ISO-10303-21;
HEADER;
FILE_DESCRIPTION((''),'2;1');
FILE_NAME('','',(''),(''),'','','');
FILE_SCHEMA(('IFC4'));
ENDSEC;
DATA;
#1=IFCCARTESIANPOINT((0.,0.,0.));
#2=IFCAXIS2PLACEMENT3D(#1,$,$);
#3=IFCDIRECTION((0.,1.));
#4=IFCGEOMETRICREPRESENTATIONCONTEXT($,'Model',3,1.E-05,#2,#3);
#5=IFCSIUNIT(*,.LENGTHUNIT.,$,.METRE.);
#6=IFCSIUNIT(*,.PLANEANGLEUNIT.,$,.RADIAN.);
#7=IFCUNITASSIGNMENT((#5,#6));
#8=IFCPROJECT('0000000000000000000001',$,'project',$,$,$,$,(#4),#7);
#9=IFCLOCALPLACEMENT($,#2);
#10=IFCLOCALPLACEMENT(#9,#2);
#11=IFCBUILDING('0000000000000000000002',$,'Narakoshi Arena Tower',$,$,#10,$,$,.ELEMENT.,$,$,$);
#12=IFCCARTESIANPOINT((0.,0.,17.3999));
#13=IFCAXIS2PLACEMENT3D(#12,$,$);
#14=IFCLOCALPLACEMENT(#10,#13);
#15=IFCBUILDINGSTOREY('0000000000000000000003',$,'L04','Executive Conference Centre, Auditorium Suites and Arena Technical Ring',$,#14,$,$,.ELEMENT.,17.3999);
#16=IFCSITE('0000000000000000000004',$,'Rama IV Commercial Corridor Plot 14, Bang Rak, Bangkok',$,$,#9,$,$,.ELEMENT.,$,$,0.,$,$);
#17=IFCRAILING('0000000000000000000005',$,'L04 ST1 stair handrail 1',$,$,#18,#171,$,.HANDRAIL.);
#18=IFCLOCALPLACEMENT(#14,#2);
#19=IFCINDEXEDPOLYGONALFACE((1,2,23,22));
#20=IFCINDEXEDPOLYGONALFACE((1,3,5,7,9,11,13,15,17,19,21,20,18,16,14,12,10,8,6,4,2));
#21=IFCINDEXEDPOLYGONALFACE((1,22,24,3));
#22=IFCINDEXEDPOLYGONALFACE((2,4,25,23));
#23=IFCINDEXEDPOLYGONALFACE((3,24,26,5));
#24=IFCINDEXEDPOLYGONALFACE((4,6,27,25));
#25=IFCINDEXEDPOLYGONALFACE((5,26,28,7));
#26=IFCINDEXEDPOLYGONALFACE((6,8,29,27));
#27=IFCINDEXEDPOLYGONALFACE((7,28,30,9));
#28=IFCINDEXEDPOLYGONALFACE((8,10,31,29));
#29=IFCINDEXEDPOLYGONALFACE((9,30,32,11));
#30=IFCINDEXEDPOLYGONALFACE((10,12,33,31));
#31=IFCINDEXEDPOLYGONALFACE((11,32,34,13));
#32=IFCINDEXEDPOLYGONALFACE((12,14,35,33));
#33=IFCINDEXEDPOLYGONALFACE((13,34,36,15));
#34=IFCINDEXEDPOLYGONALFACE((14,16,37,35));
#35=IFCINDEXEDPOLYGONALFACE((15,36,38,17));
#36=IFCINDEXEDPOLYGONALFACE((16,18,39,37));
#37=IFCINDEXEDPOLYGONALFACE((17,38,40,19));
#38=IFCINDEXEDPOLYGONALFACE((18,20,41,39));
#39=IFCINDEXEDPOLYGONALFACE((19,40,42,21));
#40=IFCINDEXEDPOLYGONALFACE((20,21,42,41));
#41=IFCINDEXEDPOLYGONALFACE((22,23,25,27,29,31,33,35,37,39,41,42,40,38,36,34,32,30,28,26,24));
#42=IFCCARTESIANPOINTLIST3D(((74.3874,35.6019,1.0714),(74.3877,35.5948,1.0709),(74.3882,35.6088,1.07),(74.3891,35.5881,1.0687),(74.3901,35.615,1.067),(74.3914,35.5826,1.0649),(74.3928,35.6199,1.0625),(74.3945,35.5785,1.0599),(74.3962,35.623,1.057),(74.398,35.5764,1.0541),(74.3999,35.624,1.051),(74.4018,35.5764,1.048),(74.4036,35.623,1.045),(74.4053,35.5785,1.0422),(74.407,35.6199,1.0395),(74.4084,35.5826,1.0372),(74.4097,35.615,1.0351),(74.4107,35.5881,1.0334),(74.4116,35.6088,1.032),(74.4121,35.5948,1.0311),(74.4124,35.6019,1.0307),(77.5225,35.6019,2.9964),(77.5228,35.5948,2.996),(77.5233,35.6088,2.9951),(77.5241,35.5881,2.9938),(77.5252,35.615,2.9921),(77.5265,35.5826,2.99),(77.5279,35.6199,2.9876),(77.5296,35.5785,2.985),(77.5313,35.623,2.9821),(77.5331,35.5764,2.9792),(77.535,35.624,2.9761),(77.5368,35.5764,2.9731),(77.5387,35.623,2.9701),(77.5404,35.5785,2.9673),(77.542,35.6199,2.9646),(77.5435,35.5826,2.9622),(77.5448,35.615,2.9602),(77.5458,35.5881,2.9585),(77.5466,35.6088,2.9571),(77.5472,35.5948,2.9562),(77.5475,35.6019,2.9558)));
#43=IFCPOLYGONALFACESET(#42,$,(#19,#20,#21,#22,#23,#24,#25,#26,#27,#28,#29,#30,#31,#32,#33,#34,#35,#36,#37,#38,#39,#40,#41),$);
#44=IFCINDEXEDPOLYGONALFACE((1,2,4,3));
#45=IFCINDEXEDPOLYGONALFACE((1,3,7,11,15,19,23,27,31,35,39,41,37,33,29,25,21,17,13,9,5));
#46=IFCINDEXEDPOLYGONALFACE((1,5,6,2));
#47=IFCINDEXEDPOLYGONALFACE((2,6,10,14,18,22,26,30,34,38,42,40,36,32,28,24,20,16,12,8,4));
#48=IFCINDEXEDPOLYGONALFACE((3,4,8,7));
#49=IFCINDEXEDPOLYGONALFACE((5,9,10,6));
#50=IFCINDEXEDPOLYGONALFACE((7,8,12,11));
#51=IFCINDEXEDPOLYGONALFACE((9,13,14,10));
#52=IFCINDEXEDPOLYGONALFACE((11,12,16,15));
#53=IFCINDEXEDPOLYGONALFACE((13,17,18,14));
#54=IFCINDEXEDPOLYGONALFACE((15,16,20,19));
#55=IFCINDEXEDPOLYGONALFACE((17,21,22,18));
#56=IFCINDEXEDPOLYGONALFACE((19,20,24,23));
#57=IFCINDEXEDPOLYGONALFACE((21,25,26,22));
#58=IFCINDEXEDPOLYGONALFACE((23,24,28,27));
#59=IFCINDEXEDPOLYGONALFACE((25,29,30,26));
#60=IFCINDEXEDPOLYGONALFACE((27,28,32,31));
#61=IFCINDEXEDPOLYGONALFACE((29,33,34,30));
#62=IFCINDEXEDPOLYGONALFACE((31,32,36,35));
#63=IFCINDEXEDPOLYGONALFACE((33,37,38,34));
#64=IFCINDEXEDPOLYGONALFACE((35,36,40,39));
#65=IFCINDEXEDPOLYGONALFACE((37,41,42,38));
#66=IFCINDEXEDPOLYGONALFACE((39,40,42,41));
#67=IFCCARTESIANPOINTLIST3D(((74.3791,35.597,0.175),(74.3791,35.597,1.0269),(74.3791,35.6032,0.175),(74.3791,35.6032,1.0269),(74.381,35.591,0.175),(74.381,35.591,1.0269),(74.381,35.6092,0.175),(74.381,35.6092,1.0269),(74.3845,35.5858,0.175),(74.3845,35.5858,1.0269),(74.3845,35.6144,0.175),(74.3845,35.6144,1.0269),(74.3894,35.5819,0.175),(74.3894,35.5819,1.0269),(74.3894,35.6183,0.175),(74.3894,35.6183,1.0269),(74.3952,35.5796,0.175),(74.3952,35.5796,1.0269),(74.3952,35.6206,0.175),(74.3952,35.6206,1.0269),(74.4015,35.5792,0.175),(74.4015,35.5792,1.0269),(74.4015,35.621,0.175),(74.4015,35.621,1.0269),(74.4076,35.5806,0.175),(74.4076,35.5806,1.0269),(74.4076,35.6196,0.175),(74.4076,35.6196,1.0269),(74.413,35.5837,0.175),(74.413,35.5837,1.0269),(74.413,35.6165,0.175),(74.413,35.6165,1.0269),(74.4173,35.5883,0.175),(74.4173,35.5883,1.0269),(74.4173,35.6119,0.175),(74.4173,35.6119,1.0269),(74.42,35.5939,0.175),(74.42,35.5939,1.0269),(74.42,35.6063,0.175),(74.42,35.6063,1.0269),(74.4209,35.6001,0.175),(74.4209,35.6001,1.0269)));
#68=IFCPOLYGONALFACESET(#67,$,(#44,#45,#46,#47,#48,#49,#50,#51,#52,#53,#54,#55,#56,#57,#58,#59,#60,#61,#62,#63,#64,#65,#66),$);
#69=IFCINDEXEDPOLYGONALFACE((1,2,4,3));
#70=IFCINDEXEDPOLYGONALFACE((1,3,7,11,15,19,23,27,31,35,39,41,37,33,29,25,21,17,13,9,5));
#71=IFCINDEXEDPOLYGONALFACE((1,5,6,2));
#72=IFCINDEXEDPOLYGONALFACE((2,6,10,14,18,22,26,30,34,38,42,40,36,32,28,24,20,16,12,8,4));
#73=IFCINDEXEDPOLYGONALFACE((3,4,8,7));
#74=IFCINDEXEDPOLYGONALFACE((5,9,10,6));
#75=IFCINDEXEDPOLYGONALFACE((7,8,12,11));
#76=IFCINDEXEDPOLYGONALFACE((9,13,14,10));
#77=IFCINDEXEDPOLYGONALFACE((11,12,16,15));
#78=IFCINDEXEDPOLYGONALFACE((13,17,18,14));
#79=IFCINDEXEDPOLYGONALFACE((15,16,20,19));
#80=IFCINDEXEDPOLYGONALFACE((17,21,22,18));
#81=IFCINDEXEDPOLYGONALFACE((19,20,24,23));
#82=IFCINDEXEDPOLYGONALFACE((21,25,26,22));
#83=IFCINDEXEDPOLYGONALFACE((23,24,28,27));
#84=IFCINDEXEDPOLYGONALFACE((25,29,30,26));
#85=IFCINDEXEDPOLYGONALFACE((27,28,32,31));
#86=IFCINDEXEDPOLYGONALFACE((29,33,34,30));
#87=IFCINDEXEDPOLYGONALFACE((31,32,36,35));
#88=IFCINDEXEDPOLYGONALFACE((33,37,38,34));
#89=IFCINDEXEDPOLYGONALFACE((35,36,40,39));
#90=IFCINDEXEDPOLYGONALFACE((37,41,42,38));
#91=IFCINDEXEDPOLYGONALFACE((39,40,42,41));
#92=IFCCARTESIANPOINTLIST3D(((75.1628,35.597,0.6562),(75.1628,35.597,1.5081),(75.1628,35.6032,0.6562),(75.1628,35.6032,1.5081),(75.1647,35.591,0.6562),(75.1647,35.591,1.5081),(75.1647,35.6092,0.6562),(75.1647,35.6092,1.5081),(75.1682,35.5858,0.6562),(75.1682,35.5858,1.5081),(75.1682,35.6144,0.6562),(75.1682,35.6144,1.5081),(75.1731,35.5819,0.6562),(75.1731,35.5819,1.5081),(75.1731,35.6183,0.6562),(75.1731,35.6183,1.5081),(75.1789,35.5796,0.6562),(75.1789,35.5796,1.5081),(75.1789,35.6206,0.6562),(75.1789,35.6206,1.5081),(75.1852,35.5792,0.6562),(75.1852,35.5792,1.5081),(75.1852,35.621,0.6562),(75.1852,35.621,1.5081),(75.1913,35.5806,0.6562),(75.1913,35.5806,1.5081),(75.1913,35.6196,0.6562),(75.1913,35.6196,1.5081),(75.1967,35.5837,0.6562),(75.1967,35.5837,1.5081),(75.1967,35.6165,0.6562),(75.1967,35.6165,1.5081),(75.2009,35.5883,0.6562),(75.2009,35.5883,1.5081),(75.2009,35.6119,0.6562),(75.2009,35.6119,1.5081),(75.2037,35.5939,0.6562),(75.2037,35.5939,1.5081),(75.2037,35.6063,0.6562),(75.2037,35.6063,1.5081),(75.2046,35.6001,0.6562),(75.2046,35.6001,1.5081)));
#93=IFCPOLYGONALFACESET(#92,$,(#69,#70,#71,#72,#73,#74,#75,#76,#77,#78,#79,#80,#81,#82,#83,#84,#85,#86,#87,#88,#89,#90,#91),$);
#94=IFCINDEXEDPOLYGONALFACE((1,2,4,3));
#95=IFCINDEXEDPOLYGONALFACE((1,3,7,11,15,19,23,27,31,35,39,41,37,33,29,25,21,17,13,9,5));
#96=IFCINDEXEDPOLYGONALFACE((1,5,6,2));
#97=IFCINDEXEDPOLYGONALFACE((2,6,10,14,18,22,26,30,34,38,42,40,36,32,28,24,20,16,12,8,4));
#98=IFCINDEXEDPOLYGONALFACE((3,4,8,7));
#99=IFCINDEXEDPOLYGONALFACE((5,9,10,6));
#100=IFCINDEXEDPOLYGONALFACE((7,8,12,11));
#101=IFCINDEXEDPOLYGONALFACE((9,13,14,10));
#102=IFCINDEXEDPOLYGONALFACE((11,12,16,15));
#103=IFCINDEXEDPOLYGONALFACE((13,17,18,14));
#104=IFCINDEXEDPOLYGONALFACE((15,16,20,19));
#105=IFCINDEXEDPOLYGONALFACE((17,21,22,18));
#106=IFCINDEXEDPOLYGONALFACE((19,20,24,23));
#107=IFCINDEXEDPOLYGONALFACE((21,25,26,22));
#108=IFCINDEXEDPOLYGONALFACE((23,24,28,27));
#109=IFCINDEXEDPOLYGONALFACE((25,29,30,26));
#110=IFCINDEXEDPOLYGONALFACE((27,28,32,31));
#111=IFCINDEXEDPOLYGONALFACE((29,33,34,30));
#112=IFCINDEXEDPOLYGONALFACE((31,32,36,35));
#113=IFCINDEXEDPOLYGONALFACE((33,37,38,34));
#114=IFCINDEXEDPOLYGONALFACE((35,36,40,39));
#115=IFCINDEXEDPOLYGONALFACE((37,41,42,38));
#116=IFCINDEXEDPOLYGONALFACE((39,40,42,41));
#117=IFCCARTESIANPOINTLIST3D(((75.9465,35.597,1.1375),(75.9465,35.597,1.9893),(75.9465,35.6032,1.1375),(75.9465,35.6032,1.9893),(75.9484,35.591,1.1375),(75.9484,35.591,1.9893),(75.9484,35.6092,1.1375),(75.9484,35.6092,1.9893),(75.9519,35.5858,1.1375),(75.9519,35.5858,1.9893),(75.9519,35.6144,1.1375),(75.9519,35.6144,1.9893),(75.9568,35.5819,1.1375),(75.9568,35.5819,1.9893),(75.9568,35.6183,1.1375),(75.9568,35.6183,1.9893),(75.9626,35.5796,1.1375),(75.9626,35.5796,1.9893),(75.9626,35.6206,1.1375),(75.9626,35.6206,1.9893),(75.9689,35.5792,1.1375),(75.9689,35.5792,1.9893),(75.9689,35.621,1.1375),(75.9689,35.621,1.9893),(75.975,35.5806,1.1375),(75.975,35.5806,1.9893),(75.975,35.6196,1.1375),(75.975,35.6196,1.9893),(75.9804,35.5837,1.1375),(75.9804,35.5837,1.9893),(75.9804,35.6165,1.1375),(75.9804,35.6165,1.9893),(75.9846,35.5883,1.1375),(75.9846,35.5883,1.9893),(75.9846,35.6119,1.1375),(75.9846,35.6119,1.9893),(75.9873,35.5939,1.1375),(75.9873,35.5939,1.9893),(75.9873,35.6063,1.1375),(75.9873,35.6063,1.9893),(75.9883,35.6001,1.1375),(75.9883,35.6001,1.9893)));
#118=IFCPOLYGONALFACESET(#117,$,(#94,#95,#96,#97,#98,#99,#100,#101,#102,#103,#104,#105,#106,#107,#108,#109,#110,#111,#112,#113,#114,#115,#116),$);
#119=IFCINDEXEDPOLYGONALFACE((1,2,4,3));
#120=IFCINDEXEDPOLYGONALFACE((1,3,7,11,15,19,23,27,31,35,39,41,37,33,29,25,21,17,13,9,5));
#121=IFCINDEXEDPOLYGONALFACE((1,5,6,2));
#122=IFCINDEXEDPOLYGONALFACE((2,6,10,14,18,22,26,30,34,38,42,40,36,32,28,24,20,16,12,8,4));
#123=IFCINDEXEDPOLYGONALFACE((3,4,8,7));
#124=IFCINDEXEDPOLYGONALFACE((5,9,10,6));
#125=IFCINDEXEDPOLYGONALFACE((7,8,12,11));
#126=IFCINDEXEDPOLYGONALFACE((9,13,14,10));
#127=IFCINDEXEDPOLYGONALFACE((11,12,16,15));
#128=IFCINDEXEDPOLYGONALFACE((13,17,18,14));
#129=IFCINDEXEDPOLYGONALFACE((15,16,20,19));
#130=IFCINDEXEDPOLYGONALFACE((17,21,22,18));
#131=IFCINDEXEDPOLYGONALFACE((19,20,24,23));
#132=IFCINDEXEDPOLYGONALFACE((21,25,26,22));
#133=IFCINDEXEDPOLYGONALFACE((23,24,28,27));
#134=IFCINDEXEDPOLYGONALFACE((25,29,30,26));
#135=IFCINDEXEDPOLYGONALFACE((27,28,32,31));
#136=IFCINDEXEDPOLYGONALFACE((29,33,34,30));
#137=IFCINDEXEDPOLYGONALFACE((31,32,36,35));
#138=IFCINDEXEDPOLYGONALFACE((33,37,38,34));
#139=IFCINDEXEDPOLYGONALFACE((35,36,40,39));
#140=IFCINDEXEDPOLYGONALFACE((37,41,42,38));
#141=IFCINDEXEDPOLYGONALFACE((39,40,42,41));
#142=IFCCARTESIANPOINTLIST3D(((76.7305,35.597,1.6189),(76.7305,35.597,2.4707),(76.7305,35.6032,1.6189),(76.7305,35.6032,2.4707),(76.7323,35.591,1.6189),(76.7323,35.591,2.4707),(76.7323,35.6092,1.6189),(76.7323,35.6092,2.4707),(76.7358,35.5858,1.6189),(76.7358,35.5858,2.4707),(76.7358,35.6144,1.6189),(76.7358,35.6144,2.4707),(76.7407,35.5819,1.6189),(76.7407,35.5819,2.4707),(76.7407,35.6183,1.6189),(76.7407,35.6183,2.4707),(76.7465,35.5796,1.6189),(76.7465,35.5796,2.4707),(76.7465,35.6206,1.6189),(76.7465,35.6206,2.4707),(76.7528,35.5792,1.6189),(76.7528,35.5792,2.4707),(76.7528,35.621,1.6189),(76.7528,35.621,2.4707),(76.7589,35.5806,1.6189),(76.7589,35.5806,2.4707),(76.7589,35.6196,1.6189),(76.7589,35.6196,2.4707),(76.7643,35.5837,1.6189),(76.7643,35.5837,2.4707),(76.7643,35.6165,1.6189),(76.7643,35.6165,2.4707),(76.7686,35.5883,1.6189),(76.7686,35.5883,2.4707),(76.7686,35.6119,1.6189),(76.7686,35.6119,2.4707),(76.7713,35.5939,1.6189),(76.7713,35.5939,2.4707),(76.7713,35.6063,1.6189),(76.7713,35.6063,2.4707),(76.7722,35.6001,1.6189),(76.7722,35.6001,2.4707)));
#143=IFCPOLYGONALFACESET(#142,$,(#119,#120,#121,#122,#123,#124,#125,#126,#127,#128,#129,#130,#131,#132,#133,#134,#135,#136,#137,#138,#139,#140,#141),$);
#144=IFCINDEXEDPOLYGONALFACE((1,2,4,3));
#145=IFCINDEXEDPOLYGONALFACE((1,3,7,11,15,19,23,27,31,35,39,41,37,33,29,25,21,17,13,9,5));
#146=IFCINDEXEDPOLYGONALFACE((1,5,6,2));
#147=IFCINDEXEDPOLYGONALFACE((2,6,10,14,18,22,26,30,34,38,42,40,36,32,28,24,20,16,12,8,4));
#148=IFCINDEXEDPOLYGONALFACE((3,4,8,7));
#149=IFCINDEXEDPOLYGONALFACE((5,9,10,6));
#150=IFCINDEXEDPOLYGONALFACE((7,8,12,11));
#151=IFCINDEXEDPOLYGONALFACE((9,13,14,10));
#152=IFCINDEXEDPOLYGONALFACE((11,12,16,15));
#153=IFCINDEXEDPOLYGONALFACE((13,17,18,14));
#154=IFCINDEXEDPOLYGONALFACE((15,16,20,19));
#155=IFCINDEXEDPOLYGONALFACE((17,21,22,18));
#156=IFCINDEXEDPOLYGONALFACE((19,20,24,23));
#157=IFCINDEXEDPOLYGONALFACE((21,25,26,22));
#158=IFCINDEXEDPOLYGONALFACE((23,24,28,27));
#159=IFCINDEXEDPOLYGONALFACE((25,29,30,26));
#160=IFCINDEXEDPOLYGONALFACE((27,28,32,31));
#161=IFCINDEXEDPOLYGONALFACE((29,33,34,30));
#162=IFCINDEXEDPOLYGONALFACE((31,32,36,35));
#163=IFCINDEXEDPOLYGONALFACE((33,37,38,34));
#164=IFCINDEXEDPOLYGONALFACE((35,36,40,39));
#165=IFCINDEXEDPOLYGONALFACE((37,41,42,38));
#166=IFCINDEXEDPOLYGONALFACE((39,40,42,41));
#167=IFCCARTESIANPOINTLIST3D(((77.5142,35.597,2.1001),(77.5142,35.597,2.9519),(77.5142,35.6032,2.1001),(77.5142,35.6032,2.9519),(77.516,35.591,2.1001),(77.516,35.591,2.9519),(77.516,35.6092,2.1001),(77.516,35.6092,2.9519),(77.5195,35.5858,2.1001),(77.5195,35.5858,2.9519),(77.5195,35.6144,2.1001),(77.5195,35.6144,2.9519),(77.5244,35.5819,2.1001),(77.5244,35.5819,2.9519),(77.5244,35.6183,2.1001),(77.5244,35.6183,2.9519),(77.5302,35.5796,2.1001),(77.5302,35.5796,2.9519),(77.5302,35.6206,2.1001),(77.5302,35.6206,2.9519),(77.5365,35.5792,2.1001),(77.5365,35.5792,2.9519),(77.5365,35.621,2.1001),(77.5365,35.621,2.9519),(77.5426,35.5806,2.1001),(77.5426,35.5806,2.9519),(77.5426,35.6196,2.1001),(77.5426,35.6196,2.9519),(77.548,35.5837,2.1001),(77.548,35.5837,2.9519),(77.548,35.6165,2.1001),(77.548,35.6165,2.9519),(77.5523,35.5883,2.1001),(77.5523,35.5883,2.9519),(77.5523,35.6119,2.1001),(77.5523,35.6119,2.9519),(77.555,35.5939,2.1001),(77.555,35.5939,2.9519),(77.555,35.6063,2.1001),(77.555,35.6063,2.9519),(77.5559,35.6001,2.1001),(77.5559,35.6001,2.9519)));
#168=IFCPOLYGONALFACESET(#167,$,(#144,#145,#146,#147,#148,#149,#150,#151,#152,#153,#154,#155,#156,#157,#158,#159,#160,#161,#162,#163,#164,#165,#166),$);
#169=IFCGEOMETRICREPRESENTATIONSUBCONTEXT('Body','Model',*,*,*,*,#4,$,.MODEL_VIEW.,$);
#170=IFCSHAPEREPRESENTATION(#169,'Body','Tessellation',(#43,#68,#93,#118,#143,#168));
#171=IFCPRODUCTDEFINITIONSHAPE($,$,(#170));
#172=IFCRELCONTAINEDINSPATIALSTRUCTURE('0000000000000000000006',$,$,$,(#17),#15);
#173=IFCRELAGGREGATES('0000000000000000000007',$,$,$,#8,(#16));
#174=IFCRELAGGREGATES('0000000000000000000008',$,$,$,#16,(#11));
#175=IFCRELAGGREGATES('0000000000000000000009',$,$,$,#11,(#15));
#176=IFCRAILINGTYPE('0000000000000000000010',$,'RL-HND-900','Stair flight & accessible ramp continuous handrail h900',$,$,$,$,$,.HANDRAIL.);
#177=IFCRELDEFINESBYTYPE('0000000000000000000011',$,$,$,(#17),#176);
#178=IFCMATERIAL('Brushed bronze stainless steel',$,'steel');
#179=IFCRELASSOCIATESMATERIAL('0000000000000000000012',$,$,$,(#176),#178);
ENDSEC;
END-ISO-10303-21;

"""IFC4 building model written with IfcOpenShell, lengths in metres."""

from ifc_helpers import new_model, si_unit, direction, frame, origin, origin_2d, place, context, subcontext, project, spatial, circle, extrude, material, type_object, element, save


model = new_model("IFC4")

# Units and contexts
model_context = context("Model", 3, precision=1e-05, world=origin(), true_north=direction((0.0, 1.0)))
body_context = subcontext(model_context, "Body", "Model", "MODEL_VIEW")
ifc_project = project(units=[si_unit("LENGTHUNIT", "METRE"), si_unit("PLANEANGLEUNIT", "RADIAN")], contexts=[model_context])

# Site, building, storey
site_placement = place(None, origin())
site = spatial("IfcSite", under=ifc_project, at=site_placement, Name="Rama IV Commercial Corridor Plot 14, Bang Rak, Bangkok", CompositionType="ELEMENT", RefElevation=0.0)
building_placement = place(site_placement, origin())
building = spatial("IfcBuilding", under=site, at=building_placement, Name="Narakoshi Arena Tower", CompositionType="ELEMENT")
storey_placement = place(building_placement, frame((0.0, 0.0, 17.3999)))
storey = spatial("IfcBuildingStorey", under=building, at=storey_placement, Name="L04", Description="Executive Conference Centre, Auditorium Suites and Arena Technical Ring", CompositionType="ELEMENT", Elevation=17.3999)

# Railing
ifc_material_1 = material(Name="Brushed bronze stainless steel", Category="steel")
railing_type_1 = type_object("IfcRailingType", Name="RL-HND-900", Description="Stair flight & accessible ramp continuous handrail h900", PredefinedType="HANDRAIL", material=ifc_material_1)
railing_1_placement = place(storey_placement, frame((74.3999, 35.6001, 0.175)))
element("IfcRailing", 1, at=railing_1_placement, inside=storey, type_object=railing_type_1, Name="L04 ST1 stair handrail 1", PredefinedType="HANDRAIL", context=body_context, shape_type="SweptSolid", body=[
    extrude(circle(Radius=0.0239, at=origin_2d()), frame((0.0, 0.0, 0.876), z_axis=(0.852166, 0.0, 0.523271), x_axis=(0.0, 1.0, 0.0)), (0.0, 0.0, 1.0), 3.679),
    extrude(circle(Radius=0.021, at=origin_2d()), origin(), (0.0, 0.0, 1.0), 0.8518),
    extrude(circle(Radius=0.021, at=origin_2d()), frame((0.7837, 0.0, 0.4812)), (0.0, 0.0, 1.0), 0.8518),
    extrude(circle(Radius=0.021, at=origin_2d()), frame((1.5674, 0.0, 0.9624)), (0.0, 0.0, 1.0), 0.8518),
    extrude(circle(Radius=0.021, at=origin_2d()), frame((2.3513, 0.0, 1.4438)), (0.0, 0.0, 1.0), 0.8518),
    extrude(circle(Radius=0.021, at=origin_2d()), frame((3.135, 0.0, 1.925)), (0.0, 0.0, 1.0), 0.8518),
])

save(model, "model.ifc")
